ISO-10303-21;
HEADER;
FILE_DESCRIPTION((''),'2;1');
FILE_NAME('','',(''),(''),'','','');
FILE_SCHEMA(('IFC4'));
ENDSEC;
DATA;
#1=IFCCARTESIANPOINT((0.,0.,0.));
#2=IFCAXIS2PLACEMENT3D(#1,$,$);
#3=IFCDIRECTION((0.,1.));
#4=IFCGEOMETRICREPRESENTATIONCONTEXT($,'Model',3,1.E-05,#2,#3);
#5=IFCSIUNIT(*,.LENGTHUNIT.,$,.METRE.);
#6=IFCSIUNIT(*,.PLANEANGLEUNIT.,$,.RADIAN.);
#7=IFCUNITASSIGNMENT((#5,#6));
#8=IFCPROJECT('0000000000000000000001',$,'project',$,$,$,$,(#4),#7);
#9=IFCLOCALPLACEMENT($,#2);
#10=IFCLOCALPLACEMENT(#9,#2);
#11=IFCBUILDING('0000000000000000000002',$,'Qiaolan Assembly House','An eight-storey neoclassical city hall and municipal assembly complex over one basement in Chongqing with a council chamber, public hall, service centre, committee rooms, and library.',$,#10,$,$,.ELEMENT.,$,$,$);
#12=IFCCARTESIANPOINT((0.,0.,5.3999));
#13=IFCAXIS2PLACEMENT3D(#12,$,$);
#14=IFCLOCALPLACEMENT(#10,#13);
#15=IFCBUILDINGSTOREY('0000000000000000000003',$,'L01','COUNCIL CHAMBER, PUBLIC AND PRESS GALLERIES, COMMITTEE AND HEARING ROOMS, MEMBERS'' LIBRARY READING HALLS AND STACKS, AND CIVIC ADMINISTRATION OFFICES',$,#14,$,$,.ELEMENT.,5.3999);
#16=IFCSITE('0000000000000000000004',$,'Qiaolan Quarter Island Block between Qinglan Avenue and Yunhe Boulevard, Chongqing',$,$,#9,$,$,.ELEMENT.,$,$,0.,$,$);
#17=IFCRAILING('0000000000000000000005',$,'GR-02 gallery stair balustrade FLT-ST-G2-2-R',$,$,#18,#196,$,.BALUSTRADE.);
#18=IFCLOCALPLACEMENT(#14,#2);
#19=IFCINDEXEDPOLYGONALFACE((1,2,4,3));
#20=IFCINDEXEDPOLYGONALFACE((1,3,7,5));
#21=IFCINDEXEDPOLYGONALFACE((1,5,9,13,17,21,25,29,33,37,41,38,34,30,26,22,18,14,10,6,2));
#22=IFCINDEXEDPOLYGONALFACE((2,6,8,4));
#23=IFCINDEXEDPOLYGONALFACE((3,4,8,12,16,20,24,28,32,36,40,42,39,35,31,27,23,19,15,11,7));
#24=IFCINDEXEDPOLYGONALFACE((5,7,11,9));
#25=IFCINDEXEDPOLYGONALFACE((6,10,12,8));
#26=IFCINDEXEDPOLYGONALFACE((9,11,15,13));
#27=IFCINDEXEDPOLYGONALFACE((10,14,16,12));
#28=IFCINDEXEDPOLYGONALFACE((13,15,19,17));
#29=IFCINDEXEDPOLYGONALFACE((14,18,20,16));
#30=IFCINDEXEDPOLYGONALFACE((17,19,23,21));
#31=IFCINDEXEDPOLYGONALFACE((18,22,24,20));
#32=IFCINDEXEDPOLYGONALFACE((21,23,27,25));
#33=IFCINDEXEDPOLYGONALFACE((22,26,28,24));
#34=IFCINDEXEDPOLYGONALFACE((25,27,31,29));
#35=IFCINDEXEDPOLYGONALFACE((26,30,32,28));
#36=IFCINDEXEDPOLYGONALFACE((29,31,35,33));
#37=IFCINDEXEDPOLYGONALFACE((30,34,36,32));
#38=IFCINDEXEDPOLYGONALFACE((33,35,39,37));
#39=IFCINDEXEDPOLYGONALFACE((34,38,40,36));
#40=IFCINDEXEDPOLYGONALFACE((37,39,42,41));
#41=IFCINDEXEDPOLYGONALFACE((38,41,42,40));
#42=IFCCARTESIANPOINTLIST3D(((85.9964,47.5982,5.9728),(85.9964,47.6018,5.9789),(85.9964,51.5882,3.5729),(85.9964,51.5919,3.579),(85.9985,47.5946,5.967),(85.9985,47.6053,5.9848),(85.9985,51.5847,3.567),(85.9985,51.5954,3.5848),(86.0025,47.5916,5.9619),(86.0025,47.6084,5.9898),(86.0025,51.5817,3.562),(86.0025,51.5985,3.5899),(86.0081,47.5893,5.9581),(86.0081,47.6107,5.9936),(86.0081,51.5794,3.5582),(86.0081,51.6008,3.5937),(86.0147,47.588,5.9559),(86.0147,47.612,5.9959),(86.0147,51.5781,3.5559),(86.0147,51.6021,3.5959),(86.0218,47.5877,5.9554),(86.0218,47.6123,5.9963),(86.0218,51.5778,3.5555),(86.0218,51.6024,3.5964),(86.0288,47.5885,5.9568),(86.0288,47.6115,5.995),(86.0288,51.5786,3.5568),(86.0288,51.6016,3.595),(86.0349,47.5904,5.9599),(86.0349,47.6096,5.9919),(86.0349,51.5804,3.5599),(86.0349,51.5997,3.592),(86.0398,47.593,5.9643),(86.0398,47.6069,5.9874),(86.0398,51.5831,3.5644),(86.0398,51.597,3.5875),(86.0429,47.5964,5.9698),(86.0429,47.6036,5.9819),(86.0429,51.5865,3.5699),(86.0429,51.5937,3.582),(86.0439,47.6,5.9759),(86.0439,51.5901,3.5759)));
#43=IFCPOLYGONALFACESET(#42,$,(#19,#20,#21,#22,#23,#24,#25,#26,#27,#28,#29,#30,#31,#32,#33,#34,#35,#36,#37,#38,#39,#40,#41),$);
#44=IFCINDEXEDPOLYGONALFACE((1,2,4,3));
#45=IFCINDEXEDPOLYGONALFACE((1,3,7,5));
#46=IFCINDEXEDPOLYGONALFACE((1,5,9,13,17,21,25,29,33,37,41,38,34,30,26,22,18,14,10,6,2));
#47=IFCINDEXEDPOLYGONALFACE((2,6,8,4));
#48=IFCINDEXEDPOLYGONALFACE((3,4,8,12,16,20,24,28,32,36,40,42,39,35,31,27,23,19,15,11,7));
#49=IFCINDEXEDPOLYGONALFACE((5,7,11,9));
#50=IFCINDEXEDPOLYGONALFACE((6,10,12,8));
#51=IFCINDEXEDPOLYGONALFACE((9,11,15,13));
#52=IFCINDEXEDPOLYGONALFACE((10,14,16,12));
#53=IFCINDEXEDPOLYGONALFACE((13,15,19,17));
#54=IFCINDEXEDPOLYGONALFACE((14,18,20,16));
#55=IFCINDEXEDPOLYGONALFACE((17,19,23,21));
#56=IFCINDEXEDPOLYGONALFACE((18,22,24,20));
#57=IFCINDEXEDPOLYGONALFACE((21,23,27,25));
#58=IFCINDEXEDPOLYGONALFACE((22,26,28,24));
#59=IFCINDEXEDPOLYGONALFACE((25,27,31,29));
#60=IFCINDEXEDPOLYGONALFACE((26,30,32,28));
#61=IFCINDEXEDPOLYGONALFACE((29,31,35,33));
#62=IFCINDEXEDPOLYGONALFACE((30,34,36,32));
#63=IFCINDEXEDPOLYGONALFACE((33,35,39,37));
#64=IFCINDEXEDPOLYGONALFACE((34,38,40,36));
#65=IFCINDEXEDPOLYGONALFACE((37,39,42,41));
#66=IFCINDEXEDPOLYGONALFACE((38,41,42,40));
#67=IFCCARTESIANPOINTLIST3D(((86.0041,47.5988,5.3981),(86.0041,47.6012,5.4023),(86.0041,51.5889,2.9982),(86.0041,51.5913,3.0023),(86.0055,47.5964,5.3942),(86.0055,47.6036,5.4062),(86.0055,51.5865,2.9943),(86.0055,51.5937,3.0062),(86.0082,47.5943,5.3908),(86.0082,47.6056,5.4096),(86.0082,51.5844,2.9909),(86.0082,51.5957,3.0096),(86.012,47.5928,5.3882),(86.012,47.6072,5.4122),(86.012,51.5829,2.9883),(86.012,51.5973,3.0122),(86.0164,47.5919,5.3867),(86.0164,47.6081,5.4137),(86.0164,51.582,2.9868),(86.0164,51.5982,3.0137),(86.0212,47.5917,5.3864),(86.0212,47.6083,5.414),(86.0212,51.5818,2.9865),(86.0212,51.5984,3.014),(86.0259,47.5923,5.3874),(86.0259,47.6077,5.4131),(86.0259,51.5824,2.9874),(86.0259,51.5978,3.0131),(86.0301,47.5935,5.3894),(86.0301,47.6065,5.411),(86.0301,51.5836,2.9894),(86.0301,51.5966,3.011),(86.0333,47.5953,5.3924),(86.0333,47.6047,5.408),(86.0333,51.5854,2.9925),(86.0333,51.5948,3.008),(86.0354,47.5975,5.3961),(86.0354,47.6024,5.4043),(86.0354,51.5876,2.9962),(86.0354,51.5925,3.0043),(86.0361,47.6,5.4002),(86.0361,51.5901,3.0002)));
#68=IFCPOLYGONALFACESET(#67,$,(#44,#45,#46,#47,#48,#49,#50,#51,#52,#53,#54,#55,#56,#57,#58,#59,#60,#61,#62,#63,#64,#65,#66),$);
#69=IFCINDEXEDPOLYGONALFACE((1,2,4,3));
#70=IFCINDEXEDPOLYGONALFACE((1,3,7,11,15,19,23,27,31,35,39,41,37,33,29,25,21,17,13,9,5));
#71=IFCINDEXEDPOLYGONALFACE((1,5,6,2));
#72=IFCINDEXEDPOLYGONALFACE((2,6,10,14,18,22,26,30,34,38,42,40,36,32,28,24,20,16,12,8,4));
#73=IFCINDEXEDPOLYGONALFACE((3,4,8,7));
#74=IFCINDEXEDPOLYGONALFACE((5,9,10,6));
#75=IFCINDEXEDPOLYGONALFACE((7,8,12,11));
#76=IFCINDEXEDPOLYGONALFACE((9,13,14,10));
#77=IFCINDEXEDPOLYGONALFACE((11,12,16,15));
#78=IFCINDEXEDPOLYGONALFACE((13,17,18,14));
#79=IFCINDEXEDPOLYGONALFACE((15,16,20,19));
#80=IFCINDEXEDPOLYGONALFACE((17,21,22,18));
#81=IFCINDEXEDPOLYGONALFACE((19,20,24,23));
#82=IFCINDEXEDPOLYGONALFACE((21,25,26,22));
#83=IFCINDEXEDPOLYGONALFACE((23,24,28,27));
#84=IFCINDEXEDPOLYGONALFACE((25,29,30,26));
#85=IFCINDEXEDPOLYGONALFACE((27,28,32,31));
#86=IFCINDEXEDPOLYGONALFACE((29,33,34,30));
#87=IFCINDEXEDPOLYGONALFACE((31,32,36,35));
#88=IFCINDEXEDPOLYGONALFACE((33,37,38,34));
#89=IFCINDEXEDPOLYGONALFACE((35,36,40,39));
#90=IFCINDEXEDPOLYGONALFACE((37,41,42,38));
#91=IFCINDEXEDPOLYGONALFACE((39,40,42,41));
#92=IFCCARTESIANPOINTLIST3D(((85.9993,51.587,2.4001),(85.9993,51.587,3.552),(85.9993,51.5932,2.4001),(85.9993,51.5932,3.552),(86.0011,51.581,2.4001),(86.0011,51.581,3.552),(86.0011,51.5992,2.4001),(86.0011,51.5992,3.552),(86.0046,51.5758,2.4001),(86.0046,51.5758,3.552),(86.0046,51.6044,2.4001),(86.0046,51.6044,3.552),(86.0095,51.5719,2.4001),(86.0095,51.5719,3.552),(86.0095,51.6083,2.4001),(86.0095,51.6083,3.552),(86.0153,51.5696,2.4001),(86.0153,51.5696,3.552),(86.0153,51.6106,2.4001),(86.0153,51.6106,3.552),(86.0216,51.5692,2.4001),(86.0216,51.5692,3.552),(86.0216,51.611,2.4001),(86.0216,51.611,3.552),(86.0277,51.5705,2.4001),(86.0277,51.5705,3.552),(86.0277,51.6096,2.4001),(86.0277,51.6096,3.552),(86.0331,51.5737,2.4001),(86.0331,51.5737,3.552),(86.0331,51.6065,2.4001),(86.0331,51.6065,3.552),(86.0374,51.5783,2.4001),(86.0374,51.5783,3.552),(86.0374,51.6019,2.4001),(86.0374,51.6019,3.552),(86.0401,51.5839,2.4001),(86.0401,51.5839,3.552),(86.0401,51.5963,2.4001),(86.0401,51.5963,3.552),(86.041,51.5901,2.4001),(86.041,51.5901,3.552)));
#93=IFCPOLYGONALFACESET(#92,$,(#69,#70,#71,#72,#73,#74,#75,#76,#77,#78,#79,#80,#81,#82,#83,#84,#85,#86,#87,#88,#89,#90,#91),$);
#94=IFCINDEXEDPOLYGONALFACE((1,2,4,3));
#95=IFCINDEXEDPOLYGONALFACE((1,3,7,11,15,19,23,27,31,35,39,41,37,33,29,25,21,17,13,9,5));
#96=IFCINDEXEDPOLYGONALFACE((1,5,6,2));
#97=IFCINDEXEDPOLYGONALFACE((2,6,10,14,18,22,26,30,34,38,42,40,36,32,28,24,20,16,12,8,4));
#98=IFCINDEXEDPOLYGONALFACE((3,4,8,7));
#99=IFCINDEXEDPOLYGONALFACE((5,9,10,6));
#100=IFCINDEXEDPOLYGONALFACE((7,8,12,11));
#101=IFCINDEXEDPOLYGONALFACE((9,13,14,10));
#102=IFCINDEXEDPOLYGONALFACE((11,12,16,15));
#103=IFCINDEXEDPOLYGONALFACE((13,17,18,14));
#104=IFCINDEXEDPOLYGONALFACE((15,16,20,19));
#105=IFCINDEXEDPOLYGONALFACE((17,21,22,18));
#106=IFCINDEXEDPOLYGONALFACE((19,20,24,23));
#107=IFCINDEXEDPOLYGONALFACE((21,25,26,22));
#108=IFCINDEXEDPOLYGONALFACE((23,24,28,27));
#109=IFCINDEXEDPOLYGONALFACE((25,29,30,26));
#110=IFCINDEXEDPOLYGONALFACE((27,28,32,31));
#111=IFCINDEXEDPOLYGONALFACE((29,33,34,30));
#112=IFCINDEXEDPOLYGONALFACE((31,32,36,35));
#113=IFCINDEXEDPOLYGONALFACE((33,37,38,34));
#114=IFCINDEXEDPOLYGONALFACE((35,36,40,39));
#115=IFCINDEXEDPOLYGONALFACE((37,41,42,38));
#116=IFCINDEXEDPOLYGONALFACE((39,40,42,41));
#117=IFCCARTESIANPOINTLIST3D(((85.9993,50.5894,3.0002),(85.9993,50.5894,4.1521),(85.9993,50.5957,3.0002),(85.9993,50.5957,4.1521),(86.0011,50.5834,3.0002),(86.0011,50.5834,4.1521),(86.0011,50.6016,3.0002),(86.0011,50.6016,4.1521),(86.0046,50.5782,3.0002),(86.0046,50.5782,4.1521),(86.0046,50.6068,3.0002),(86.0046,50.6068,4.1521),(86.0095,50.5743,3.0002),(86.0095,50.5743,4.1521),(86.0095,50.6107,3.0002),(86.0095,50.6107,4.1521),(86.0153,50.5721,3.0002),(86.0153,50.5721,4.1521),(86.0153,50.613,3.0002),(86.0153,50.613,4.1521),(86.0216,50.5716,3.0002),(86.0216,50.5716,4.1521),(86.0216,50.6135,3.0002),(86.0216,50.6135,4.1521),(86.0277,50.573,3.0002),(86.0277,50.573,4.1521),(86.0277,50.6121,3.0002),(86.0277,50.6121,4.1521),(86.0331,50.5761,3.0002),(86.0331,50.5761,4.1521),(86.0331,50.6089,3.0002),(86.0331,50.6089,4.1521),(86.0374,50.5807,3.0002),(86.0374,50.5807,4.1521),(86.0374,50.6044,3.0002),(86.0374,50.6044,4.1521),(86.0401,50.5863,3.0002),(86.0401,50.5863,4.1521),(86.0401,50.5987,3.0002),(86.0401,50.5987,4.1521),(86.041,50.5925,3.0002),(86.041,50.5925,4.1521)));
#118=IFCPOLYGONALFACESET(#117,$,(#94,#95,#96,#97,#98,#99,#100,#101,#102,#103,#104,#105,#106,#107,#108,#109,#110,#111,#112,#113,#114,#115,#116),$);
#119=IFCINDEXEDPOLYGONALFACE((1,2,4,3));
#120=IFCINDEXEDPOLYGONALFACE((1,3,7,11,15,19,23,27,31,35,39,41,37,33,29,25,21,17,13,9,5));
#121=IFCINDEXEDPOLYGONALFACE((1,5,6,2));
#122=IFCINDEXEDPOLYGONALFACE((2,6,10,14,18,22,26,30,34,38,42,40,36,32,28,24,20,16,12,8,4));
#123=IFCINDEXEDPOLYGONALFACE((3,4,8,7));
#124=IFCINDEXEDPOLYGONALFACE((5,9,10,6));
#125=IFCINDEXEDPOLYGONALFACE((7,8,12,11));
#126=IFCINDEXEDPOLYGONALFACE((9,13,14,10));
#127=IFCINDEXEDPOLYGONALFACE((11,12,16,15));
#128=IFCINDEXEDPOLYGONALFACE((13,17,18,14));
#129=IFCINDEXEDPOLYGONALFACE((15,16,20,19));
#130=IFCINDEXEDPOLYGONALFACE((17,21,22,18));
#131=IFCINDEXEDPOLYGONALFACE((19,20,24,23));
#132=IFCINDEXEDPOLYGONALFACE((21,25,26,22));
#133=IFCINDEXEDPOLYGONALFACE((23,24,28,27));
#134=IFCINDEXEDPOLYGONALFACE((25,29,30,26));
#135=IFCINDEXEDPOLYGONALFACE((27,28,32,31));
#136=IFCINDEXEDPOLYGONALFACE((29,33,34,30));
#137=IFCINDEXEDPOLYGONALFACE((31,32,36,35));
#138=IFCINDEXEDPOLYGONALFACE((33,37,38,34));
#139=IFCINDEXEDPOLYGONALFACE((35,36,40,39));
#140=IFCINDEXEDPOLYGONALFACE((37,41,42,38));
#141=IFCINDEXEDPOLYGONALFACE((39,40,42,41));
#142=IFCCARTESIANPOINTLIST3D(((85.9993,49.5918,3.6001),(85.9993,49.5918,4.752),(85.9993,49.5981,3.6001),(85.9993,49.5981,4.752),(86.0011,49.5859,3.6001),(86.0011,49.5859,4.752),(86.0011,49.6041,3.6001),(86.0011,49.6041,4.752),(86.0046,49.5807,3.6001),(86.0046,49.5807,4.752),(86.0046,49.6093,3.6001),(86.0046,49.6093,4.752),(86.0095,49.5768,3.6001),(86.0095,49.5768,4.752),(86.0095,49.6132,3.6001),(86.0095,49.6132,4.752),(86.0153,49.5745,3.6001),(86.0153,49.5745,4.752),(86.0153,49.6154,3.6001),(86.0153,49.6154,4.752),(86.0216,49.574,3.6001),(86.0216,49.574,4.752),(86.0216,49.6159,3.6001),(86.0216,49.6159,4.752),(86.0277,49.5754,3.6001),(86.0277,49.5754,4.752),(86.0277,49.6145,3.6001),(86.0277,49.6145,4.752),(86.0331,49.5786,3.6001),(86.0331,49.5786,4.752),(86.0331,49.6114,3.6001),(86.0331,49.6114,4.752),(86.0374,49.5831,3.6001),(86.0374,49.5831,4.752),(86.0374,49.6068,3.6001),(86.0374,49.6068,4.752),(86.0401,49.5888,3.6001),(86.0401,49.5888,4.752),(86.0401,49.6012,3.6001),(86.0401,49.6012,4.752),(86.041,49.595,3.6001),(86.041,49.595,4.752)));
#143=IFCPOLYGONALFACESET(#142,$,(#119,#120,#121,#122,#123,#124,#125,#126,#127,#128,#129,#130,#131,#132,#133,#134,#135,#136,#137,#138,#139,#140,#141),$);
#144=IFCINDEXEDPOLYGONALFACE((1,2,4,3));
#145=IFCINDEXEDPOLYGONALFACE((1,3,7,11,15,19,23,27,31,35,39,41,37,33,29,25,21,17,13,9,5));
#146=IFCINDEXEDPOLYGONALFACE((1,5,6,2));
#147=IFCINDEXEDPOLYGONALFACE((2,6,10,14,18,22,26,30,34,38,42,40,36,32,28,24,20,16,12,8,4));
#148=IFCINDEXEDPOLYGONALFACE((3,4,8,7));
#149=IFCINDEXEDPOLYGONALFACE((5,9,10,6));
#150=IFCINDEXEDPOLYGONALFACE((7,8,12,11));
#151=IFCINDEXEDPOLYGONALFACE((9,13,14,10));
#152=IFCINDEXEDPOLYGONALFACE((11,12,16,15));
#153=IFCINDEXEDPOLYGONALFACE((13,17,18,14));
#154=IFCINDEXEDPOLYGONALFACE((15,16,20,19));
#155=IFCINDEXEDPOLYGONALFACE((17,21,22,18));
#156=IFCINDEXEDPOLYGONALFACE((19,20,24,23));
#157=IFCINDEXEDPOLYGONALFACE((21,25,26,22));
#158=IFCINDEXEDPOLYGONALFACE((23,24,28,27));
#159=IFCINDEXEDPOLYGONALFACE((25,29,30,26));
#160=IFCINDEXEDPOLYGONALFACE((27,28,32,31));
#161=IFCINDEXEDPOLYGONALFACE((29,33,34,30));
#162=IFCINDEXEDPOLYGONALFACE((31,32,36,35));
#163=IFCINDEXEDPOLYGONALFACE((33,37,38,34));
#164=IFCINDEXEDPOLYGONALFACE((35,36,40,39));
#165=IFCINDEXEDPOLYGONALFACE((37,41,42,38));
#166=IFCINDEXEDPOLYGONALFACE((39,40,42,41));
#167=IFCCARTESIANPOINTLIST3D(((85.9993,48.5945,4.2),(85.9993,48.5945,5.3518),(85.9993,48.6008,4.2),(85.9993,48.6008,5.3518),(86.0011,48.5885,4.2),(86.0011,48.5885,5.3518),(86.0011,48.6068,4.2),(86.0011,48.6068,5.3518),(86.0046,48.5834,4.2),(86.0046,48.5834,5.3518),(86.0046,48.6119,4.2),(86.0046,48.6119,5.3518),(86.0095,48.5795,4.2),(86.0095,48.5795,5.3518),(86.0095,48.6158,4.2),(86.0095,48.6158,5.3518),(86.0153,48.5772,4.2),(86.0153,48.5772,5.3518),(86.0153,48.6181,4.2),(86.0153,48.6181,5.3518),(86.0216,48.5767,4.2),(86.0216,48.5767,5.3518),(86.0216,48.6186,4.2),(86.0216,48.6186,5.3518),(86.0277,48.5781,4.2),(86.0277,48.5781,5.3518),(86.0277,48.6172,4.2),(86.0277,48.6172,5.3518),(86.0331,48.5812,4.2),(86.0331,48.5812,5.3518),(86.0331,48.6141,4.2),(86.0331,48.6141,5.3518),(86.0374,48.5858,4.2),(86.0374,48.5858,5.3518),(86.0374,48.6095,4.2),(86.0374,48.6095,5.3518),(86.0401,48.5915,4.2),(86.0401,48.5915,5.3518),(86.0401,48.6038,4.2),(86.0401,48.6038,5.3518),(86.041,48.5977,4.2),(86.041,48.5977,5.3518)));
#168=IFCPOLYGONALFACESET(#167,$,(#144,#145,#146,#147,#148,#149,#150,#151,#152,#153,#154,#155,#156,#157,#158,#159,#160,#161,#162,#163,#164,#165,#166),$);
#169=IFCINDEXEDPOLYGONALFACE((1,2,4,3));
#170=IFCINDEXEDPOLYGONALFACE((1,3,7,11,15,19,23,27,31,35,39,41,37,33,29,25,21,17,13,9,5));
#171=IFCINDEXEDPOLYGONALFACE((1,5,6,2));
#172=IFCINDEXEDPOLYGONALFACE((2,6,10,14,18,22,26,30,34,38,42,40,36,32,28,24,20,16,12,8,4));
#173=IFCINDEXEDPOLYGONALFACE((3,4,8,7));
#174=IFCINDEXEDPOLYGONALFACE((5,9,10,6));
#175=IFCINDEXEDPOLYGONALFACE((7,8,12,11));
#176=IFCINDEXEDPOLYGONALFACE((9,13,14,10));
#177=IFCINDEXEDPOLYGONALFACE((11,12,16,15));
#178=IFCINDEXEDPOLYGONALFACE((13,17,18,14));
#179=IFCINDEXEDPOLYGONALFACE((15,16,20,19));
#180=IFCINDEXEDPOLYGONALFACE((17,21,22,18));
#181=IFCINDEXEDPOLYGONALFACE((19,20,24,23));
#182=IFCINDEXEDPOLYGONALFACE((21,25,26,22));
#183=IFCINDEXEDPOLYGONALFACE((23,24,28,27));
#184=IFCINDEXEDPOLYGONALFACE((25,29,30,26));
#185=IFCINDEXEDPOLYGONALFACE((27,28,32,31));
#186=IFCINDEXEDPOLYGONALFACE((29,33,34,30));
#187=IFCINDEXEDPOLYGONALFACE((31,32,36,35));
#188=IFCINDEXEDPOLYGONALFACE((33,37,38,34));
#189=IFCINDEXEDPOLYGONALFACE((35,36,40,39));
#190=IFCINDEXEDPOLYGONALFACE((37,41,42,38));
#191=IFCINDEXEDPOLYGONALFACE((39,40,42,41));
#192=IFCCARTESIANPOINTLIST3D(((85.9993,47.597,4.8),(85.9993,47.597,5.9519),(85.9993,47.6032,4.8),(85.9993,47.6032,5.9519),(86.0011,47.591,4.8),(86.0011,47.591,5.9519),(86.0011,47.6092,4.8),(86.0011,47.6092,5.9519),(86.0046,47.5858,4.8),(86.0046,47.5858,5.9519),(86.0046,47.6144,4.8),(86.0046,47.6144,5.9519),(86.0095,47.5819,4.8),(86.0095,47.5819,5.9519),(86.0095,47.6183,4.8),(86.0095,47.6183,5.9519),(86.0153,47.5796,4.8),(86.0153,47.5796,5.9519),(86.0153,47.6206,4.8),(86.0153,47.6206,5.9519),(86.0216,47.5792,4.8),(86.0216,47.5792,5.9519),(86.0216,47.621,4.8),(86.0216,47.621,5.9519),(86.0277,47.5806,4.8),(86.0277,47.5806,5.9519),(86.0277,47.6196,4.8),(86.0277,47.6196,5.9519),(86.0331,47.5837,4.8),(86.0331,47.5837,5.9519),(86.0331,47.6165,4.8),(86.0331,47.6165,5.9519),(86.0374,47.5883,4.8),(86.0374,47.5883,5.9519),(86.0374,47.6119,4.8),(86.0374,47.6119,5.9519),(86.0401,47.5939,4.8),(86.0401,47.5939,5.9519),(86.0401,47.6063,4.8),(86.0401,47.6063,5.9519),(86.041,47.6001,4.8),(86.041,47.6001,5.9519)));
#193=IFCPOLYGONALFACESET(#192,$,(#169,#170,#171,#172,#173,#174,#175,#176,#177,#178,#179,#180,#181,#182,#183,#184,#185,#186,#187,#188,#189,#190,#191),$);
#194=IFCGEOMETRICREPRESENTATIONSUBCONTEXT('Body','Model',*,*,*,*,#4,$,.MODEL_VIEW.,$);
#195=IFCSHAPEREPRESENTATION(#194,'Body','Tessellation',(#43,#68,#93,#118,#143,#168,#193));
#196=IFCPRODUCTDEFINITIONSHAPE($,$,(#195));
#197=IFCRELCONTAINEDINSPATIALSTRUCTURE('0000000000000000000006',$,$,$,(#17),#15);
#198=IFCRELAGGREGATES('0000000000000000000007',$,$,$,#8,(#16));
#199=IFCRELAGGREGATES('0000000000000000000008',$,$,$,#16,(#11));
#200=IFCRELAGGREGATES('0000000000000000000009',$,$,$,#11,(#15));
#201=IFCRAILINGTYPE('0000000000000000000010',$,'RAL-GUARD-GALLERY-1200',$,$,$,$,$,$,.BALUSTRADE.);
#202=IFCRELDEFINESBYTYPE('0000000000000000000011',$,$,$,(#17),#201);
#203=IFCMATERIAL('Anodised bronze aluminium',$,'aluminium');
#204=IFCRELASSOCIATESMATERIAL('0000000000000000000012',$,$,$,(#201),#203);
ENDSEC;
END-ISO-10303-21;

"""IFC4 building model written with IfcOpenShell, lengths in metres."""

from ifc_helpers import new_model, si_unit, direction, frame, origin, origin_2d, place, context, subcontext, project, spatial, circle, extrude, material, type_object, element, save


model = new_model("IFC4")

# Units and contexts
model_context = context("Model", 3, precision=1e-05, world=origin(), true_north=direction((0.0, 1.0)))
body_context = subcontext(model_context, "Body", "Model", "MODEL_VIEW")
ifc_project = project(units=[si_unit("LENGTHUNIT", "METRE"), si_unit("PLANEANGLEUNIT", "RADIAN")], contexts=[model_context])

# Site, building, storey
site_placement = place(None, origin())
site = spatial("IfcSite", under=ifc_project, at=site_placement, Name="Qiaolan Quarter Island Block between Qinglan Avenue and Yunhe Boulevard, Chongqing", CompositionType="ELEMENT", RefElevation=0.0)
building_placement = place(site_placement, origin())
building = spatial("IfcBuilding", under=site, at=building_placement, Name="Qiaolan Assembly House", Description="An eight-storey neoclassical city hall and municipal assembly complex over one basement in Chongqing with a council chamber, public hall, service centre, committee rooms, and library.", CompositionType="ELEMENT")
storey_placement = place(building_placement, frame((0.0, 0.0, 5.3999)))
storey = spatial("IfcBuildingStorey", under=building, at=storey_placement, Name="L01", Description="COUNCIL CHAMBER, PUBLIC AND PRESS GALLERIES, COMMITTEE AND HEARING ROOMS, MEMBERS' LIBRARY READING HALLS AND STACKS, AND CIVIC ADMINISTRATION OFFICES", CompositionType="ELEMENT", Elevation=5.3999)

# Railing
ifc_material_1 = material(Name="Anodised bronze aluminium", Category="aluminium")
railing_type = type_object("IfcRailingType", Name="RAL-GUARD-GALLERY-1200", PredefinedType="BALUSTRADE", material=ifc_material_1)
for number, where, name in (
    (1, (86.02, 51.5901, 2.4001), "GR-02 gallery stair balustrade FLT-ST-G2-2-R"),
):
    element("IfcRailing", number, at=place(storey_placement, frame(where)), inside=storey, type_object=railing_type, Name=name, PredefinedType="BALUSTRADE", context=body_context, shape_type="SweptSolid", body=[
        extrude(circle(Radius=0.0239, at=origin_2d()), frame((0.0, 0.0, 1.1758), z_axis=(0.0, -0.856933, 0.515428), x_axis=(1.0, 0.0, 0.0)), (0.0, 0.0, 1.0), 4.6562),
        extrude(circle(Radius=0.0161, at=origin_2d()), frame((0.0, 0.0, 0.6001), z_axis=(0.0, -0.856933, 0.515428), x_axis=(1.0, 0.0, 0.0)), (0.0, 0.0, 1.0), 4.6562),
        extrude(circle(Radius=0.021, at=origin_2d()), origin(), (0.0, 0.0, 1.0), 1.1519),
        extrude(circle(Radius=0.021, at=origin_2d()), frame((0.0, -0.9976, 0.6001)), (0.0, 0.0, 1.0), 1.1519),
        extrude(circle(Radius=0.021, at=origin_2d()), frame((0.0, -1.9951, 1.2)), (0.0, 0.0, 1.0), 1.1519),
        extrude(circle(Radius=0.021, at=origin_2d()), frame((0.0, -2.9924, 1.7998)), (0.0, 0.0, 1.0), 1.1519),
        extrude(circle(Radius=0.021, at=origin_2d()), frame((0.0, -3.99, 2.3999)), (0.0, 0.0, 1.0), 1.1519),
    ])

save(model, "model.ifc")
